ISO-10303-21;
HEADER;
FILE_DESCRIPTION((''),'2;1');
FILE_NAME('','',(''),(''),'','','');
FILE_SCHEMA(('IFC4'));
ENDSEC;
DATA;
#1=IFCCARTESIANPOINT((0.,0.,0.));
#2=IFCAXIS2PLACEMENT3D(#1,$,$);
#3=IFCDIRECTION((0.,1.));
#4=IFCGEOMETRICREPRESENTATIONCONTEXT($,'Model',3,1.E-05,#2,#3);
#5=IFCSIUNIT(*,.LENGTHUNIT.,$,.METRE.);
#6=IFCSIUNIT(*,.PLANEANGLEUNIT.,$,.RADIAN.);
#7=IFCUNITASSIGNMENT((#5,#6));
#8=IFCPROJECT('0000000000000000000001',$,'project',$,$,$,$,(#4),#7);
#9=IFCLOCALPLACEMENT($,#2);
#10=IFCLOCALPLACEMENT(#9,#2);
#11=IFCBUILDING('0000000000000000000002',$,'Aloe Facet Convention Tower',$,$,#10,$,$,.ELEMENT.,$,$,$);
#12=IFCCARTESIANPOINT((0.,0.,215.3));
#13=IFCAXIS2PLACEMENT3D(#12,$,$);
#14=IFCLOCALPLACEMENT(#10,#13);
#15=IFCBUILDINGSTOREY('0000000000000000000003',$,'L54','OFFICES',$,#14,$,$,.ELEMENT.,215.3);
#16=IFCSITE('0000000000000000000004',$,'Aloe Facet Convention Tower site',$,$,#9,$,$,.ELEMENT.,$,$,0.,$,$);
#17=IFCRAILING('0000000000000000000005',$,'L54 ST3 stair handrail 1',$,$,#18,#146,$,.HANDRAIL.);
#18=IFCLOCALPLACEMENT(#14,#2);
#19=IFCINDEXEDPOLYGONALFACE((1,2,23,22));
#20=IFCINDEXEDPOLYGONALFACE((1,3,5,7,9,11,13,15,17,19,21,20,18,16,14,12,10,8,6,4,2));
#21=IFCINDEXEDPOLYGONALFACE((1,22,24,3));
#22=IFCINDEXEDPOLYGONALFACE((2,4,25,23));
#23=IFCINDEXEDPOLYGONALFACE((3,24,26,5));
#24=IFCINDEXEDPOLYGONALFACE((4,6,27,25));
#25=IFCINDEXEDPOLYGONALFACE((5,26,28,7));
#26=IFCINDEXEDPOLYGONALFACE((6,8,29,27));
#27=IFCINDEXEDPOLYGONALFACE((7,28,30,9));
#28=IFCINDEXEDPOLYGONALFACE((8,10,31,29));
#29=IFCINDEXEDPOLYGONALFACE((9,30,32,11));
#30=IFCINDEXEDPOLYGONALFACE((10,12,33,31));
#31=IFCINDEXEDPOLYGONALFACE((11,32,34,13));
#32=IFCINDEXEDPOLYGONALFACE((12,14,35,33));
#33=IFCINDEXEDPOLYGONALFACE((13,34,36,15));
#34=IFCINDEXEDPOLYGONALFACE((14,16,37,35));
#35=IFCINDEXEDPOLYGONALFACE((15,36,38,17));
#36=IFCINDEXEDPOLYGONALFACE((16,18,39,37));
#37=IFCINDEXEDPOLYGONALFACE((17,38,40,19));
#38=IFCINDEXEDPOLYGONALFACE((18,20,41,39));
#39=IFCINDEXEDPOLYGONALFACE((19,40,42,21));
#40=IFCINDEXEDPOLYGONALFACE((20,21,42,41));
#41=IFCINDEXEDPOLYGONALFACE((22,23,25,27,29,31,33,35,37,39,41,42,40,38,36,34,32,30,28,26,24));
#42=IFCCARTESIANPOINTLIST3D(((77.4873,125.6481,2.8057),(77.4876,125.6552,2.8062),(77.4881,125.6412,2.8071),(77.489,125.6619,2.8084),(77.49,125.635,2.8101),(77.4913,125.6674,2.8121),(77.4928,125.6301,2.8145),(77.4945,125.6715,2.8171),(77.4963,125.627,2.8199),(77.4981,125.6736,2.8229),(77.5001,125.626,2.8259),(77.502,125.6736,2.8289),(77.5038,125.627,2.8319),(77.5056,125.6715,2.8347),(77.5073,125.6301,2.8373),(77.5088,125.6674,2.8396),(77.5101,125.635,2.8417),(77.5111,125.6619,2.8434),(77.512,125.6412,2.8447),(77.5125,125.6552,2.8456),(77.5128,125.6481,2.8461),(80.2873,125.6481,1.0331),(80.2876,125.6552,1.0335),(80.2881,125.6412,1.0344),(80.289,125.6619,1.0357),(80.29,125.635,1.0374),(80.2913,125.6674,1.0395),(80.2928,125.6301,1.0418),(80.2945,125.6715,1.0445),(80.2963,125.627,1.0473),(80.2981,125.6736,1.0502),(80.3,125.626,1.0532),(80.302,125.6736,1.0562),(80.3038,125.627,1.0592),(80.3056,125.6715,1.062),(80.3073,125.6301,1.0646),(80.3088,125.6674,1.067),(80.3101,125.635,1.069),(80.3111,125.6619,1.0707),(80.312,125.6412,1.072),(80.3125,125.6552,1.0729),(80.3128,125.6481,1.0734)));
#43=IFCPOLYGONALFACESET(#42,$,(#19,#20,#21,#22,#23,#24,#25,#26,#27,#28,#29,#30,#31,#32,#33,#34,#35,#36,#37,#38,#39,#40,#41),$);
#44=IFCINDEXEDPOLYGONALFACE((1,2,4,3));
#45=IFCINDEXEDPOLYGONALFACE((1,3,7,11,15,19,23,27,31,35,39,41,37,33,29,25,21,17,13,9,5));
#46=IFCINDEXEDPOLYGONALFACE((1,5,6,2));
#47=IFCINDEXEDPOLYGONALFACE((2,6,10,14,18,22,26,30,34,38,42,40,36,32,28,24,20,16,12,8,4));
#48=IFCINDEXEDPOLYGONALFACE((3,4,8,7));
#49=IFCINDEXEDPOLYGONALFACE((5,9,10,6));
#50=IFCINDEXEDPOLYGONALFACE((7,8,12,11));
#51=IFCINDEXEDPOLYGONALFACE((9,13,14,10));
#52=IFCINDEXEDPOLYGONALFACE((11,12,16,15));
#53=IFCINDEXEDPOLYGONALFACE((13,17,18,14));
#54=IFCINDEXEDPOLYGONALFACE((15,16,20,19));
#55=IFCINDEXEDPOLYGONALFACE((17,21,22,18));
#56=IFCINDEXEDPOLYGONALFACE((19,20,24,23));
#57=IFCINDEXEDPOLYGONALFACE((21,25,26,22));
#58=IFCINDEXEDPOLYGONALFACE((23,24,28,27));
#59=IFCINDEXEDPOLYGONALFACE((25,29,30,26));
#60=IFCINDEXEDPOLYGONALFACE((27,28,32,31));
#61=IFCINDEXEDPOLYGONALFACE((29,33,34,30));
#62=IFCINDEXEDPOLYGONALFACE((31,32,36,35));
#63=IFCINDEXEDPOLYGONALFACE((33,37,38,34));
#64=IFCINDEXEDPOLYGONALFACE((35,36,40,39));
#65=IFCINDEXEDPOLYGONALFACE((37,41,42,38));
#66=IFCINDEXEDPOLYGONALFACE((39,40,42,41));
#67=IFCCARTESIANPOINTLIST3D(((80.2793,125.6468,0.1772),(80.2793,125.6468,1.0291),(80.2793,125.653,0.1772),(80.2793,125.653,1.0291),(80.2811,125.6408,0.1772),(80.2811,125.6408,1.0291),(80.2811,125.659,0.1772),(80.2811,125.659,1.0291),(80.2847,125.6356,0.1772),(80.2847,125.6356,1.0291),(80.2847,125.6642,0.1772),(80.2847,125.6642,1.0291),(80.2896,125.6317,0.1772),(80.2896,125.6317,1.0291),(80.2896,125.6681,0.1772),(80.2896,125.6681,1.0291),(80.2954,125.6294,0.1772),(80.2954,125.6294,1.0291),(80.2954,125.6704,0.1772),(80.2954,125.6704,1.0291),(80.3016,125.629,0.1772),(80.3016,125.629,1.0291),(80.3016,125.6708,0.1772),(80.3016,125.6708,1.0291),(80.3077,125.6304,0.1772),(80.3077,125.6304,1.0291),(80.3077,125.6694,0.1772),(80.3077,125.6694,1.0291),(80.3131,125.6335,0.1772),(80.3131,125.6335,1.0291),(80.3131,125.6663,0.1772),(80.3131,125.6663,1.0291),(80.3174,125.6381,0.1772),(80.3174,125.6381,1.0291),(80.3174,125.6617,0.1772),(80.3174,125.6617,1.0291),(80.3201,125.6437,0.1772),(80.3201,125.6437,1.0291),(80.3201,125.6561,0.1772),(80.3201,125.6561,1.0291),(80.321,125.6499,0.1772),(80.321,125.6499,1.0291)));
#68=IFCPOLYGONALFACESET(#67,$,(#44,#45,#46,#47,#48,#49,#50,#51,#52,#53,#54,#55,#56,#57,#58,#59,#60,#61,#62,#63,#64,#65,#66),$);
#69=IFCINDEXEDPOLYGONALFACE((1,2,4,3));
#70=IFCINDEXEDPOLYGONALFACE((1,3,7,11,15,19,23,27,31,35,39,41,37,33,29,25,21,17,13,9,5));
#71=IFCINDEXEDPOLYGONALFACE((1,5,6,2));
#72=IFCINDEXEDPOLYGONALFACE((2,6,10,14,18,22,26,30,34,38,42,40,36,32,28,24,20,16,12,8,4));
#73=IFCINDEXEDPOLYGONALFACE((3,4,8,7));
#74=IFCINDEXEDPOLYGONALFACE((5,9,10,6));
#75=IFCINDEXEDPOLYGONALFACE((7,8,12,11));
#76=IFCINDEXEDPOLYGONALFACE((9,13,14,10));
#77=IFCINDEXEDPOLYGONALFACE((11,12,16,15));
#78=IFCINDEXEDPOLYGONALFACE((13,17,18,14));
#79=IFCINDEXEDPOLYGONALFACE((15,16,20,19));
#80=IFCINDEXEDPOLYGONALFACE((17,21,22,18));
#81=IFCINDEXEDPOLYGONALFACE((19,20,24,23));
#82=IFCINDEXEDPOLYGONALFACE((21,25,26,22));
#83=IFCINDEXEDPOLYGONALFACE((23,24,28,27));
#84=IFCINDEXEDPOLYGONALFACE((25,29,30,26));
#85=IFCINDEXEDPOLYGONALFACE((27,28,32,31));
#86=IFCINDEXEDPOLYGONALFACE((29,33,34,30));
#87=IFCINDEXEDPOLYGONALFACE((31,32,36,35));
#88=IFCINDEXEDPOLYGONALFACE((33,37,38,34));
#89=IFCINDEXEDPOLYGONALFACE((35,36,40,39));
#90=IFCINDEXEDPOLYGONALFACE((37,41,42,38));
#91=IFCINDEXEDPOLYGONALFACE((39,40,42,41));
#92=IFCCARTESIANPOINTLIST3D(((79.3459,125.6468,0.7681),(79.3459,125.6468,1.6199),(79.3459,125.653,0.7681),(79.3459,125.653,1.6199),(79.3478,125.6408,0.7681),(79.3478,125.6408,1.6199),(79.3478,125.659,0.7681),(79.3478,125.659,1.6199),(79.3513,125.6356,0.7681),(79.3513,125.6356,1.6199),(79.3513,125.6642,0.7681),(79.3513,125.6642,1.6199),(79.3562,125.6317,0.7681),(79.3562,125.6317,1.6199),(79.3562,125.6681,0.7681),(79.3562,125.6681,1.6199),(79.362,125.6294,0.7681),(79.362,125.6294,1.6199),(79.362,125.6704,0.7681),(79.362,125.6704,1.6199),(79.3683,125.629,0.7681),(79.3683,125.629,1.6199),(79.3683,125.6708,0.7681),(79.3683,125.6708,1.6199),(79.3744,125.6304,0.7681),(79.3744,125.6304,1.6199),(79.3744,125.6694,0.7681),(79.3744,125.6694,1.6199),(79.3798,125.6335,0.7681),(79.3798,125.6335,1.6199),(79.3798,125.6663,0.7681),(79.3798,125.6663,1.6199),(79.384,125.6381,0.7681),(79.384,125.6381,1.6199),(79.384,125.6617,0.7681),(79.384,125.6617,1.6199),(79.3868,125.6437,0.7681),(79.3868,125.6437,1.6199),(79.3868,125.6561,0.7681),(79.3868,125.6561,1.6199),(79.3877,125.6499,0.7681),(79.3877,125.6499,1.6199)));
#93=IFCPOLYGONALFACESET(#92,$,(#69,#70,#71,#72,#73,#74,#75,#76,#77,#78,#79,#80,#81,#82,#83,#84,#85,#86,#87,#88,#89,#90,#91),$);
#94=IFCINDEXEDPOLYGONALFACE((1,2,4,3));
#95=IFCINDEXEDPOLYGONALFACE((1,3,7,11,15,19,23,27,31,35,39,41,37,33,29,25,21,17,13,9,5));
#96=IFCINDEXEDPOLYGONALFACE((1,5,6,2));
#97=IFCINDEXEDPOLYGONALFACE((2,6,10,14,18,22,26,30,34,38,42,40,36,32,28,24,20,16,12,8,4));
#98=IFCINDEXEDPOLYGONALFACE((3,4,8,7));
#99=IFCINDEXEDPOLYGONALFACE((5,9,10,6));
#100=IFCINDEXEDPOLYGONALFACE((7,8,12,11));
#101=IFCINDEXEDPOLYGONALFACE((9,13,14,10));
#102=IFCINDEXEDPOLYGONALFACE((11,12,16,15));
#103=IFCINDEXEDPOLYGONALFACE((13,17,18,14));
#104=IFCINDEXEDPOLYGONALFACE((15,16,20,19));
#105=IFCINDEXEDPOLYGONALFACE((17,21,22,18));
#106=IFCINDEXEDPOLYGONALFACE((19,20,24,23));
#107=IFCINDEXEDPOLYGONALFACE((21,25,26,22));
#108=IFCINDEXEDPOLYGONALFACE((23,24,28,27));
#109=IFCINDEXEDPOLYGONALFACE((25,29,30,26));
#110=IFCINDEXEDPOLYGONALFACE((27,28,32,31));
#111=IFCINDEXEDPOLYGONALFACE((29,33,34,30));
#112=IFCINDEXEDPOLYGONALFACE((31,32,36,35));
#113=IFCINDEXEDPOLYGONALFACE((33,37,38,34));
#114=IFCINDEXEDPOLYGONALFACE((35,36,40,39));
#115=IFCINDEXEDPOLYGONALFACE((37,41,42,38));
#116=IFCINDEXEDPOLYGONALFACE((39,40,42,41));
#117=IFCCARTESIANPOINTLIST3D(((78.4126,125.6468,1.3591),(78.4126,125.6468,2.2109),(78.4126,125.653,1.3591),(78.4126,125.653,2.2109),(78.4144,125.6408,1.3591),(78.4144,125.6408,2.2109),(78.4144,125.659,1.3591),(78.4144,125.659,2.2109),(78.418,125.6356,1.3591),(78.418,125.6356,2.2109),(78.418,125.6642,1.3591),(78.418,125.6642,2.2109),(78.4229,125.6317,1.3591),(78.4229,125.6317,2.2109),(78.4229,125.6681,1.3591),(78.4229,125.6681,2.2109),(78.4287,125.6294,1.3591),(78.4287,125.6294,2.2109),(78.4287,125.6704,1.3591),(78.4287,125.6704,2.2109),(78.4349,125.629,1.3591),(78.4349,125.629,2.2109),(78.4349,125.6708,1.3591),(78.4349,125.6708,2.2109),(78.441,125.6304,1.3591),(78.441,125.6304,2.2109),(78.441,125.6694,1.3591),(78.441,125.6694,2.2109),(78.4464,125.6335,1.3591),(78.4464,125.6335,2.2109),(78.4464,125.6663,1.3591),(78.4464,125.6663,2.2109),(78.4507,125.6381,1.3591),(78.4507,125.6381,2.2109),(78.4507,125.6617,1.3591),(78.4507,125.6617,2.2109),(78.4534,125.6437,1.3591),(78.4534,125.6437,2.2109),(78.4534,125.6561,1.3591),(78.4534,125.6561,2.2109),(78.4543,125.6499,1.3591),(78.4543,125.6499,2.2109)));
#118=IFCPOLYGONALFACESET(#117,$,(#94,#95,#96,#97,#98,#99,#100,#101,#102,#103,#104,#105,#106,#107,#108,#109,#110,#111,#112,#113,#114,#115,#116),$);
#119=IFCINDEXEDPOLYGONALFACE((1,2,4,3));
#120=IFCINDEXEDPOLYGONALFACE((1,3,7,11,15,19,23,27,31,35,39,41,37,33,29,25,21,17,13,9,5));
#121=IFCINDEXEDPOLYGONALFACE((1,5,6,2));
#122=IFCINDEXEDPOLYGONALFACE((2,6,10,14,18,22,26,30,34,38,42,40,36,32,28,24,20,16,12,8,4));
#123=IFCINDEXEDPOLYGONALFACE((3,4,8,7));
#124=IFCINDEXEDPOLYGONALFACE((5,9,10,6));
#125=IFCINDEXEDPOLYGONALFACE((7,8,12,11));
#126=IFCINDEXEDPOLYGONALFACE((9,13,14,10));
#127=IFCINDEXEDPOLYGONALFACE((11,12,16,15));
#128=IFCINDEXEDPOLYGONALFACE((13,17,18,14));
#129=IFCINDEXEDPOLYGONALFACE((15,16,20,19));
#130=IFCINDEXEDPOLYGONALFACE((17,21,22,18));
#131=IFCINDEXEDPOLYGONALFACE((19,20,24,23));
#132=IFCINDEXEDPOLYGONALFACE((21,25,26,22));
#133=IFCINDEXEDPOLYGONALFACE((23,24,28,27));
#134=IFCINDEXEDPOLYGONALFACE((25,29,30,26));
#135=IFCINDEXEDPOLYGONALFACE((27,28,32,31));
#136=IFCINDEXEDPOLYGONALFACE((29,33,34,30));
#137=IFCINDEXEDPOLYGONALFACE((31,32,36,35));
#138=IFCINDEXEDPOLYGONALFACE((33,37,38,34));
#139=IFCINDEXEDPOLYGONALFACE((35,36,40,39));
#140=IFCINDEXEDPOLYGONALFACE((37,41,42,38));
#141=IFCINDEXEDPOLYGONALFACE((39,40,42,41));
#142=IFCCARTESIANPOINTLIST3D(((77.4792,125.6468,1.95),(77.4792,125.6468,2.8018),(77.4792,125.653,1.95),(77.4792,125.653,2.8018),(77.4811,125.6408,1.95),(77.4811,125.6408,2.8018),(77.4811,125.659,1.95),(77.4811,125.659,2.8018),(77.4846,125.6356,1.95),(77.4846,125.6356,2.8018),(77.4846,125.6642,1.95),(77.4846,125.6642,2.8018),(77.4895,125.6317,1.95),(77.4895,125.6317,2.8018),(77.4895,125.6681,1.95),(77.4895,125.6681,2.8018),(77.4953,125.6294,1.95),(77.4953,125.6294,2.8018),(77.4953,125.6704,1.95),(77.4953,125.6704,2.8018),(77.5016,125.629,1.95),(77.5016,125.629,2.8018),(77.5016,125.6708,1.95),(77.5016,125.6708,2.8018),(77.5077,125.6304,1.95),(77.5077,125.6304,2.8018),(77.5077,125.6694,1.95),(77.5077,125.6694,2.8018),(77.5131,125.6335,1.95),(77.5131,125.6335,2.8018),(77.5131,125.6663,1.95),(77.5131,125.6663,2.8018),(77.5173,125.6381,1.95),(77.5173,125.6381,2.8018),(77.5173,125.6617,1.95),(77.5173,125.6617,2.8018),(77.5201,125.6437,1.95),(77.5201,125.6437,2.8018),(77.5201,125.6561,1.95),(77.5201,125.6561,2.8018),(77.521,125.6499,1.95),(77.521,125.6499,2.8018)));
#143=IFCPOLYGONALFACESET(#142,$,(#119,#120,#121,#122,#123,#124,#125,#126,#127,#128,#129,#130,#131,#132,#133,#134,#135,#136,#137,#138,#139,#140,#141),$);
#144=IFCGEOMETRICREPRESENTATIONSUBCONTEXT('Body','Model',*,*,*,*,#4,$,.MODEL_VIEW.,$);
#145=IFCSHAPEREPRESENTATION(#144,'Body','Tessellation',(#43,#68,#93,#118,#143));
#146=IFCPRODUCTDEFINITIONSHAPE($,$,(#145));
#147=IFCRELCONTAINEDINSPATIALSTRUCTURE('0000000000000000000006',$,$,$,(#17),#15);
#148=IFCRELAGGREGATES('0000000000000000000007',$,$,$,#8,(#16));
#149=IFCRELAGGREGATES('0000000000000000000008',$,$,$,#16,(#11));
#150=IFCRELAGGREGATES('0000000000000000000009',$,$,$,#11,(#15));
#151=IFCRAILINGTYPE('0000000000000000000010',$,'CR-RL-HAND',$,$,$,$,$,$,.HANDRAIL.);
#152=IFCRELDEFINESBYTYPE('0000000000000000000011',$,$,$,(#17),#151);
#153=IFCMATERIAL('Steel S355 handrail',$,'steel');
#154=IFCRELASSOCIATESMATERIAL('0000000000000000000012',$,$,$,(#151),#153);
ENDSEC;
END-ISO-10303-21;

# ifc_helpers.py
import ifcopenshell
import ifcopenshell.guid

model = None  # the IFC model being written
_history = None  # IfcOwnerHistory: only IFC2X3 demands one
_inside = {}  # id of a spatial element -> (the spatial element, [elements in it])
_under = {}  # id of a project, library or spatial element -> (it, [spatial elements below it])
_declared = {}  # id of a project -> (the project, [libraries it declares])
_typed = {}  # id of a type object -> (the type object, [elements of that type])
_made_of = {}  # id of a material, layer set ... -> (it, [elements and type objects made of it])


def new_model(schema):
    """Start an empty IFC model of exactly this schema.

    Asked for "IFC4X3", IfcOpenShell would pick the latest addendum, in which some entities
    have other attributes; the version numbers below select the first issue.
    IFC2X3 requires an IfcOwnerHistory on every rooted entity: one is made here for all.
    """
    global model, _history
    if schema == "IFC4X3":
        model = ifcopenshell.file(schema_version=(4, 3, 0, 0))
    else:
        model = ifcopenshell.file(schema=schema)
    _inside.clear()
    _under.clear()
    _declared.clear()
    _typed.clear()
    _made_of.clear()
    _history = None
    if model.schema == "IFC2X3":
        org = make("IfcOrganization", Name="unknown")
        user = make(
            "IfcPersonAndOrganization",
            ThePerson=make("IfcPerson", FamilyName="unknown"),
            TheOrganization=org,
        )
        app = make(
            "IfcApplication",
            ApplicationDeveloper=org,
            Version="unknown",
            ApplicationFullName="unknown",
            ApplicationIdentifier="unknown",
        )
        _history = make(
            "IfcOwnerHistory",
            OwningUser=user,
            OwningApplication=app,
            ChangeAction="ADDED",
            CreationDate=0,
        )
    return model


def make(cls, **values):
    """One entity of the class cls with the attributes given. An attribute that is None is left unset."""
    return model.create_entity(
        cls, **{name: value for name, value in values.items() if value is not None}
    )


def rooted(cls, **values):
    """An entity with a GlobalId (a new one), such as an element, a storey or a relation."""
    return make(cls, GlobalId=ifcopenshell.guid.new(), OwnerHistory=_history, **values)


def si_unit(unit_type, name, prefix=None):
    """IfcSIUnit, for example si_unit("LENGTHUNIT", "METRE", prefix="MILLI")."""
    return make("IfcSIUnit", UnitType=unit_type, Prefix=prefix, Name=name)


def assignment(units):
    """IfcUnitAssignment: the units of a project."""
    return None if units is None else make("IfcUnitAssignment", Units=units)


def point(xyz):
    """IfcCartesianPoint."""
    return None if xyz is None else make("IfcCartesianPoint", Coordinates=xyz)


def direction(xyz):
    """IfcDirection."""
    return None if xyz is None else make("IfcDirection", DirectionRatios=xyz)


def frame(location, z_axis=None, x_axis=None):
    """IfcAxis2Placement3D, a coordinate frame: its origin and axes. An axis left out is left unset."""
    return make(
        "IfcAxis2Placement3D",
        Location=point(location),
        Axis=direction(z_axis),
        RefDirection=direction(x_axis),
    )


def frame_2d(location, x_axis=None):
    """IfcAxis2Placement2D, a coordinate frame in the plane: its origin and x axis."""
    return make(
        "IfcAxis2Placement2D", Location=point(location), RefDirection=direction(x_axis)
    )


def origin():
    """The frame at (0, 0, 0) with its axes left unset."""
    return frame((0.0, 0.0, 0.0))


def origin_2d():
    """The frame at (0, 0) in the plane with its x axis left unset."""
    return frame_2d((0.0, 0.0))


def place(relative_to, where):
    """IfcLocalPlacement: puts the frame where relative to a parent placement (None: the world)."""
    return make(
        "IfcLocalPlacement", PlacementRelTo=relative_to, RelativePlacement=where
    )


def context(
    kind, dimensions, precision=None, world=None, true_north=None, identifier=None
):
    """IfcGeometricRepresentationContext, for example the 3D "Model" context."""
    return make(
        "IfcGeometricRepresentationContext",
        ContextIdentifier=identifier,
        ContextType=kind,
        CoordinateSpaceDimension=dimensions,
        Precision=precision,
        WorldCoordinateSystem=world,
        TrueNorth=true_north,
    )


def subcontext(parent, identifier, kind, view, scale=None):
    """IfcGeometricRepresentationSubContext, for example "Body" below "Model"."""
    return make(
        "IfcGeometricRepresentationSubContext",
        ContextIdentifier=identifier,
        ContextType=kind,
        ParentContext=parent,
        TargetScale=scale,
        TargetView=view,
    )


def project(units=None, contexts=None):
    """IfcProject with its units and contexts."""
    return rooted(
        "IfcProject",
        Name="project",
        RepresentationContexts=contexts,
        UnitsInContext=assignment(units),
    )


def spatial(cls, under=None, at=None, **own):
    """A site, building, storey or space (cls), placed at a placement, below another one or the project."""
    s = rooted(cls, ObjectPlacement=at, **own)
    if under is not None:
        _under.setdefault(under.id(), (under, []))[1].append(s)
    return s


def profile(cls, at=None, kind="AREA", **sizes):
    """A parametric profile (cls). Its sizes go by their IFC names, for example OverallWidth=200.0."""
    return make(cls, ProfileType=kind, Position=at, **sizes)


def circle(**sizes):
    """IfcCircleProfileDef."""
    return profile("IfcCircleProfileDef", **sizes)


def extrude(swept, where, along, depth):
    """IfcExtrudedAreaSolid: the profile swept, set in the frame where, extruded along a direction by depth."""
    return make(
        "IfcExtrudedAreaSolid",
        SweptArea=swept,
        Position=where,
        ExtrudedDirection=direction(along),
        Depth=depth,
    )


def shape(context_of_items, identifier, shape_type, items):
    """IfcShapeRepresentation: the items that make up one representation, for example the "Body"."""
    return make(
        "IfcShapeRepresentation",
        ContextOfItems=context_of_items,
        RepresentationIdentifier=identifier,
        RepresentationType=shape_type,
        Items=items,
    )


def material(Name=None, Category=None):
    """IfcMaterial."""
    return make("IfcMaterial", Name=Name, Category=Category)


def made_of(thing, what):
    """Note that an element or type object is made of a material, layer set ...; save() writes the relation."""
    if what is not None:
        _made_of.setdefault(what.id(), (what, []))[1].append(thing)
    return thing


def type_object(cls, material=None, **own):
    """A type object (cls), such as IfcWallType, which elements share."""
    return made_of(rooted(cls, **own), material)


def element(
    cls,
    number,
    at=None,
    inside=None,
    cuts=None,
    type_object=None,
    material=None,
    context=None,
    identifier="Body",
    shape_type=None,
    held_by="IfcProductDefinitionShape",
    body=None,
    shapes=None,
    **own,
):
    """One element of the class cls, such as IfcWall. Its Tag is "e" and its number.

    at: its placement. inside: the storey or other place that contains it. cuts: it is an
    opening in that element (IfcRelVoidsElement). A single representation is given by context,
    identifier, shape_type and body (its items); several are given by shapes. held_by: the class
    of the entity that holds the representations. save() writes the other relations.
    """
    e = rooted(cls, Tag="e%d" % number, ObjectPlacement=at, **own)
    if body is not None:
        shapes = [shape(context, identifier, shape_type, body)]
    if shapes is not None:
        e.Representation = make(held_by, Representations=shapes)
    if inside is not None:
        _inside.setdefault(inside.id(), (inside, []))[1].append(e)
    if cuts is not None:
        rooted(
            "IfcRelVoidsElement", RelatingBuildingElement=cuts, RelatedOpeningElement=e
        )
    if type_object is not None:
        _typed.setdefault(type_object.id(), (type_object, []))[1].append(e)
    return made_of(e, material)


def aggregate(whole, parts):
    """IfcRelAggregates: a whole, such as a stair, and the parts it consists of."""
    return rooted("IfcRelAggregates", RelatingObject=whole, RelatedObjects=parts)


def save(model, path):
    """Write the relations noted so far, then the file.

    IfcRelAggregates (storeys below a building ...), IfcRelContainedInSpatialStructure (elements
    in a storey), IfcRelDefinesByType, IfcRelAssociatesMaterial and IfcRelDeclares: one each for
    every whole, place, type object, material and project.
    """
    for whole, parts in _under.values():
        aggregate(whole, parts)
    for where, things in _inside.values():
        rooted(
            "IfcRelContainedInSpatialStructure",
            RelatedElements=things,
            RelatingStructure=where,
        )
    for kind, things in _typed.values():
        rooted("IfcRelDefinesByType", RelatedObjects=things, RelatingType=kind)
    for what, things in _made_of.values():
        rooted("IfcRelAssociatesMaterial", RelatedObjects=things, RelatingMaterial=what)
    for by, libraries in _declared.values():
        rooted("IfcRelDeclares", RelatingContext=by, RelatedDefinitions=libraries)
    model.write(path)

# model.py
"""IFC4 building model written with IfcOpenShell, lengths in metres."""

from ifc_helpers import new_model, si_unit, direction, frame, origin, origin_2d, place, context, subcontext, project, spatial, circle, extrude, material, type_object, element, save


model = new_model("IFC4")

# Units and contexts
model_context = context("Model", 3, precision=1e-05, world=origin(), true_north=direction((0.0, 1.0)))
body_context = subcontext(model_context, "Body", "Model", "MODEL_VIEW")
ifc_project = project(units=[si_unit("LENGTHUNIT", "METRE"), si_unit("PLANEANGLEUNIT", "RADIAN")], contexts=[model_context])

# Site, building, storey
site_placement = place(None, origin())
site = spatial("IfcSite", under=ifc_project, at=site_placement, Name="Aloe Facet Convention Tower site", CompositionType="ELEMENT", RefElevation=0.0)
building_placement = place(site_placement, origin())
building = spatial("IfcBuilding", under=site, at=building_placement, Name="Aloe Facet Convention Tower", CompositionType="ELEMENT")
storey_placement = place(building_placement, frame((0.0, 0.0, 215.3)))
storey = spatial("IfcBuildingStorey", under=building, at=storey_placement, Name="L54", Description="OFFICES", CompositionType="ELEMENT", Elevation=215.3)

# Railing
ifc_material_1 = material(Name="Steel S355 handrail", Category="steel")
railing_type_1 = type_object("IfcRailingType", Name="CR-RL-HAND", PredefinedType="HANDRAIL", material=ifc_material_1)
railing_1_placement = place(storey_placement, frame((80.3, 125.6499, 0.1772)))
element("IfcRailing", 1, at=railing_1_placement, inside=storey, type_object=railing_type_1, Name="L54 ST3 stair handrail 1", PredefinedType="HANDRAIL", context=body_context, shape_type="SweptSolid", body=[
    extrude(circle(Radius=0.0239, at=origin_2d()), frame((0.0, 0.0, 0.876), z_axis=(-0.844909, 0.0, 0.53491), x_axis=(0.0, -1.0, 0.0)), (0.0, 0.0, 1.0), 3.314),
    extrude(circle(Radius=0.021, at=origin_2d()), origin(), (0.0, 0.0, 1.0), 0.8518),
    extrude(circle(Radius=0.021, at=origin_2d()), frame((-0.9333, 0.0, 0.5908)), (0.0, 0.0, 1.0), 0.8518),
    extrude(circle(Radius=0.021, at=origin_2d()), frame((-1.8667, 0.0, 1.1819)), (0.0, 0.0, 1.0), 0.8518),
    extrude(circle(Radius=0.021, at=origin_2d()), frame((-2.8, 0.0, 1.7727)), (0.0, 0.0, 1.0), 0.8518),
])

save(model, "model.ifc")
